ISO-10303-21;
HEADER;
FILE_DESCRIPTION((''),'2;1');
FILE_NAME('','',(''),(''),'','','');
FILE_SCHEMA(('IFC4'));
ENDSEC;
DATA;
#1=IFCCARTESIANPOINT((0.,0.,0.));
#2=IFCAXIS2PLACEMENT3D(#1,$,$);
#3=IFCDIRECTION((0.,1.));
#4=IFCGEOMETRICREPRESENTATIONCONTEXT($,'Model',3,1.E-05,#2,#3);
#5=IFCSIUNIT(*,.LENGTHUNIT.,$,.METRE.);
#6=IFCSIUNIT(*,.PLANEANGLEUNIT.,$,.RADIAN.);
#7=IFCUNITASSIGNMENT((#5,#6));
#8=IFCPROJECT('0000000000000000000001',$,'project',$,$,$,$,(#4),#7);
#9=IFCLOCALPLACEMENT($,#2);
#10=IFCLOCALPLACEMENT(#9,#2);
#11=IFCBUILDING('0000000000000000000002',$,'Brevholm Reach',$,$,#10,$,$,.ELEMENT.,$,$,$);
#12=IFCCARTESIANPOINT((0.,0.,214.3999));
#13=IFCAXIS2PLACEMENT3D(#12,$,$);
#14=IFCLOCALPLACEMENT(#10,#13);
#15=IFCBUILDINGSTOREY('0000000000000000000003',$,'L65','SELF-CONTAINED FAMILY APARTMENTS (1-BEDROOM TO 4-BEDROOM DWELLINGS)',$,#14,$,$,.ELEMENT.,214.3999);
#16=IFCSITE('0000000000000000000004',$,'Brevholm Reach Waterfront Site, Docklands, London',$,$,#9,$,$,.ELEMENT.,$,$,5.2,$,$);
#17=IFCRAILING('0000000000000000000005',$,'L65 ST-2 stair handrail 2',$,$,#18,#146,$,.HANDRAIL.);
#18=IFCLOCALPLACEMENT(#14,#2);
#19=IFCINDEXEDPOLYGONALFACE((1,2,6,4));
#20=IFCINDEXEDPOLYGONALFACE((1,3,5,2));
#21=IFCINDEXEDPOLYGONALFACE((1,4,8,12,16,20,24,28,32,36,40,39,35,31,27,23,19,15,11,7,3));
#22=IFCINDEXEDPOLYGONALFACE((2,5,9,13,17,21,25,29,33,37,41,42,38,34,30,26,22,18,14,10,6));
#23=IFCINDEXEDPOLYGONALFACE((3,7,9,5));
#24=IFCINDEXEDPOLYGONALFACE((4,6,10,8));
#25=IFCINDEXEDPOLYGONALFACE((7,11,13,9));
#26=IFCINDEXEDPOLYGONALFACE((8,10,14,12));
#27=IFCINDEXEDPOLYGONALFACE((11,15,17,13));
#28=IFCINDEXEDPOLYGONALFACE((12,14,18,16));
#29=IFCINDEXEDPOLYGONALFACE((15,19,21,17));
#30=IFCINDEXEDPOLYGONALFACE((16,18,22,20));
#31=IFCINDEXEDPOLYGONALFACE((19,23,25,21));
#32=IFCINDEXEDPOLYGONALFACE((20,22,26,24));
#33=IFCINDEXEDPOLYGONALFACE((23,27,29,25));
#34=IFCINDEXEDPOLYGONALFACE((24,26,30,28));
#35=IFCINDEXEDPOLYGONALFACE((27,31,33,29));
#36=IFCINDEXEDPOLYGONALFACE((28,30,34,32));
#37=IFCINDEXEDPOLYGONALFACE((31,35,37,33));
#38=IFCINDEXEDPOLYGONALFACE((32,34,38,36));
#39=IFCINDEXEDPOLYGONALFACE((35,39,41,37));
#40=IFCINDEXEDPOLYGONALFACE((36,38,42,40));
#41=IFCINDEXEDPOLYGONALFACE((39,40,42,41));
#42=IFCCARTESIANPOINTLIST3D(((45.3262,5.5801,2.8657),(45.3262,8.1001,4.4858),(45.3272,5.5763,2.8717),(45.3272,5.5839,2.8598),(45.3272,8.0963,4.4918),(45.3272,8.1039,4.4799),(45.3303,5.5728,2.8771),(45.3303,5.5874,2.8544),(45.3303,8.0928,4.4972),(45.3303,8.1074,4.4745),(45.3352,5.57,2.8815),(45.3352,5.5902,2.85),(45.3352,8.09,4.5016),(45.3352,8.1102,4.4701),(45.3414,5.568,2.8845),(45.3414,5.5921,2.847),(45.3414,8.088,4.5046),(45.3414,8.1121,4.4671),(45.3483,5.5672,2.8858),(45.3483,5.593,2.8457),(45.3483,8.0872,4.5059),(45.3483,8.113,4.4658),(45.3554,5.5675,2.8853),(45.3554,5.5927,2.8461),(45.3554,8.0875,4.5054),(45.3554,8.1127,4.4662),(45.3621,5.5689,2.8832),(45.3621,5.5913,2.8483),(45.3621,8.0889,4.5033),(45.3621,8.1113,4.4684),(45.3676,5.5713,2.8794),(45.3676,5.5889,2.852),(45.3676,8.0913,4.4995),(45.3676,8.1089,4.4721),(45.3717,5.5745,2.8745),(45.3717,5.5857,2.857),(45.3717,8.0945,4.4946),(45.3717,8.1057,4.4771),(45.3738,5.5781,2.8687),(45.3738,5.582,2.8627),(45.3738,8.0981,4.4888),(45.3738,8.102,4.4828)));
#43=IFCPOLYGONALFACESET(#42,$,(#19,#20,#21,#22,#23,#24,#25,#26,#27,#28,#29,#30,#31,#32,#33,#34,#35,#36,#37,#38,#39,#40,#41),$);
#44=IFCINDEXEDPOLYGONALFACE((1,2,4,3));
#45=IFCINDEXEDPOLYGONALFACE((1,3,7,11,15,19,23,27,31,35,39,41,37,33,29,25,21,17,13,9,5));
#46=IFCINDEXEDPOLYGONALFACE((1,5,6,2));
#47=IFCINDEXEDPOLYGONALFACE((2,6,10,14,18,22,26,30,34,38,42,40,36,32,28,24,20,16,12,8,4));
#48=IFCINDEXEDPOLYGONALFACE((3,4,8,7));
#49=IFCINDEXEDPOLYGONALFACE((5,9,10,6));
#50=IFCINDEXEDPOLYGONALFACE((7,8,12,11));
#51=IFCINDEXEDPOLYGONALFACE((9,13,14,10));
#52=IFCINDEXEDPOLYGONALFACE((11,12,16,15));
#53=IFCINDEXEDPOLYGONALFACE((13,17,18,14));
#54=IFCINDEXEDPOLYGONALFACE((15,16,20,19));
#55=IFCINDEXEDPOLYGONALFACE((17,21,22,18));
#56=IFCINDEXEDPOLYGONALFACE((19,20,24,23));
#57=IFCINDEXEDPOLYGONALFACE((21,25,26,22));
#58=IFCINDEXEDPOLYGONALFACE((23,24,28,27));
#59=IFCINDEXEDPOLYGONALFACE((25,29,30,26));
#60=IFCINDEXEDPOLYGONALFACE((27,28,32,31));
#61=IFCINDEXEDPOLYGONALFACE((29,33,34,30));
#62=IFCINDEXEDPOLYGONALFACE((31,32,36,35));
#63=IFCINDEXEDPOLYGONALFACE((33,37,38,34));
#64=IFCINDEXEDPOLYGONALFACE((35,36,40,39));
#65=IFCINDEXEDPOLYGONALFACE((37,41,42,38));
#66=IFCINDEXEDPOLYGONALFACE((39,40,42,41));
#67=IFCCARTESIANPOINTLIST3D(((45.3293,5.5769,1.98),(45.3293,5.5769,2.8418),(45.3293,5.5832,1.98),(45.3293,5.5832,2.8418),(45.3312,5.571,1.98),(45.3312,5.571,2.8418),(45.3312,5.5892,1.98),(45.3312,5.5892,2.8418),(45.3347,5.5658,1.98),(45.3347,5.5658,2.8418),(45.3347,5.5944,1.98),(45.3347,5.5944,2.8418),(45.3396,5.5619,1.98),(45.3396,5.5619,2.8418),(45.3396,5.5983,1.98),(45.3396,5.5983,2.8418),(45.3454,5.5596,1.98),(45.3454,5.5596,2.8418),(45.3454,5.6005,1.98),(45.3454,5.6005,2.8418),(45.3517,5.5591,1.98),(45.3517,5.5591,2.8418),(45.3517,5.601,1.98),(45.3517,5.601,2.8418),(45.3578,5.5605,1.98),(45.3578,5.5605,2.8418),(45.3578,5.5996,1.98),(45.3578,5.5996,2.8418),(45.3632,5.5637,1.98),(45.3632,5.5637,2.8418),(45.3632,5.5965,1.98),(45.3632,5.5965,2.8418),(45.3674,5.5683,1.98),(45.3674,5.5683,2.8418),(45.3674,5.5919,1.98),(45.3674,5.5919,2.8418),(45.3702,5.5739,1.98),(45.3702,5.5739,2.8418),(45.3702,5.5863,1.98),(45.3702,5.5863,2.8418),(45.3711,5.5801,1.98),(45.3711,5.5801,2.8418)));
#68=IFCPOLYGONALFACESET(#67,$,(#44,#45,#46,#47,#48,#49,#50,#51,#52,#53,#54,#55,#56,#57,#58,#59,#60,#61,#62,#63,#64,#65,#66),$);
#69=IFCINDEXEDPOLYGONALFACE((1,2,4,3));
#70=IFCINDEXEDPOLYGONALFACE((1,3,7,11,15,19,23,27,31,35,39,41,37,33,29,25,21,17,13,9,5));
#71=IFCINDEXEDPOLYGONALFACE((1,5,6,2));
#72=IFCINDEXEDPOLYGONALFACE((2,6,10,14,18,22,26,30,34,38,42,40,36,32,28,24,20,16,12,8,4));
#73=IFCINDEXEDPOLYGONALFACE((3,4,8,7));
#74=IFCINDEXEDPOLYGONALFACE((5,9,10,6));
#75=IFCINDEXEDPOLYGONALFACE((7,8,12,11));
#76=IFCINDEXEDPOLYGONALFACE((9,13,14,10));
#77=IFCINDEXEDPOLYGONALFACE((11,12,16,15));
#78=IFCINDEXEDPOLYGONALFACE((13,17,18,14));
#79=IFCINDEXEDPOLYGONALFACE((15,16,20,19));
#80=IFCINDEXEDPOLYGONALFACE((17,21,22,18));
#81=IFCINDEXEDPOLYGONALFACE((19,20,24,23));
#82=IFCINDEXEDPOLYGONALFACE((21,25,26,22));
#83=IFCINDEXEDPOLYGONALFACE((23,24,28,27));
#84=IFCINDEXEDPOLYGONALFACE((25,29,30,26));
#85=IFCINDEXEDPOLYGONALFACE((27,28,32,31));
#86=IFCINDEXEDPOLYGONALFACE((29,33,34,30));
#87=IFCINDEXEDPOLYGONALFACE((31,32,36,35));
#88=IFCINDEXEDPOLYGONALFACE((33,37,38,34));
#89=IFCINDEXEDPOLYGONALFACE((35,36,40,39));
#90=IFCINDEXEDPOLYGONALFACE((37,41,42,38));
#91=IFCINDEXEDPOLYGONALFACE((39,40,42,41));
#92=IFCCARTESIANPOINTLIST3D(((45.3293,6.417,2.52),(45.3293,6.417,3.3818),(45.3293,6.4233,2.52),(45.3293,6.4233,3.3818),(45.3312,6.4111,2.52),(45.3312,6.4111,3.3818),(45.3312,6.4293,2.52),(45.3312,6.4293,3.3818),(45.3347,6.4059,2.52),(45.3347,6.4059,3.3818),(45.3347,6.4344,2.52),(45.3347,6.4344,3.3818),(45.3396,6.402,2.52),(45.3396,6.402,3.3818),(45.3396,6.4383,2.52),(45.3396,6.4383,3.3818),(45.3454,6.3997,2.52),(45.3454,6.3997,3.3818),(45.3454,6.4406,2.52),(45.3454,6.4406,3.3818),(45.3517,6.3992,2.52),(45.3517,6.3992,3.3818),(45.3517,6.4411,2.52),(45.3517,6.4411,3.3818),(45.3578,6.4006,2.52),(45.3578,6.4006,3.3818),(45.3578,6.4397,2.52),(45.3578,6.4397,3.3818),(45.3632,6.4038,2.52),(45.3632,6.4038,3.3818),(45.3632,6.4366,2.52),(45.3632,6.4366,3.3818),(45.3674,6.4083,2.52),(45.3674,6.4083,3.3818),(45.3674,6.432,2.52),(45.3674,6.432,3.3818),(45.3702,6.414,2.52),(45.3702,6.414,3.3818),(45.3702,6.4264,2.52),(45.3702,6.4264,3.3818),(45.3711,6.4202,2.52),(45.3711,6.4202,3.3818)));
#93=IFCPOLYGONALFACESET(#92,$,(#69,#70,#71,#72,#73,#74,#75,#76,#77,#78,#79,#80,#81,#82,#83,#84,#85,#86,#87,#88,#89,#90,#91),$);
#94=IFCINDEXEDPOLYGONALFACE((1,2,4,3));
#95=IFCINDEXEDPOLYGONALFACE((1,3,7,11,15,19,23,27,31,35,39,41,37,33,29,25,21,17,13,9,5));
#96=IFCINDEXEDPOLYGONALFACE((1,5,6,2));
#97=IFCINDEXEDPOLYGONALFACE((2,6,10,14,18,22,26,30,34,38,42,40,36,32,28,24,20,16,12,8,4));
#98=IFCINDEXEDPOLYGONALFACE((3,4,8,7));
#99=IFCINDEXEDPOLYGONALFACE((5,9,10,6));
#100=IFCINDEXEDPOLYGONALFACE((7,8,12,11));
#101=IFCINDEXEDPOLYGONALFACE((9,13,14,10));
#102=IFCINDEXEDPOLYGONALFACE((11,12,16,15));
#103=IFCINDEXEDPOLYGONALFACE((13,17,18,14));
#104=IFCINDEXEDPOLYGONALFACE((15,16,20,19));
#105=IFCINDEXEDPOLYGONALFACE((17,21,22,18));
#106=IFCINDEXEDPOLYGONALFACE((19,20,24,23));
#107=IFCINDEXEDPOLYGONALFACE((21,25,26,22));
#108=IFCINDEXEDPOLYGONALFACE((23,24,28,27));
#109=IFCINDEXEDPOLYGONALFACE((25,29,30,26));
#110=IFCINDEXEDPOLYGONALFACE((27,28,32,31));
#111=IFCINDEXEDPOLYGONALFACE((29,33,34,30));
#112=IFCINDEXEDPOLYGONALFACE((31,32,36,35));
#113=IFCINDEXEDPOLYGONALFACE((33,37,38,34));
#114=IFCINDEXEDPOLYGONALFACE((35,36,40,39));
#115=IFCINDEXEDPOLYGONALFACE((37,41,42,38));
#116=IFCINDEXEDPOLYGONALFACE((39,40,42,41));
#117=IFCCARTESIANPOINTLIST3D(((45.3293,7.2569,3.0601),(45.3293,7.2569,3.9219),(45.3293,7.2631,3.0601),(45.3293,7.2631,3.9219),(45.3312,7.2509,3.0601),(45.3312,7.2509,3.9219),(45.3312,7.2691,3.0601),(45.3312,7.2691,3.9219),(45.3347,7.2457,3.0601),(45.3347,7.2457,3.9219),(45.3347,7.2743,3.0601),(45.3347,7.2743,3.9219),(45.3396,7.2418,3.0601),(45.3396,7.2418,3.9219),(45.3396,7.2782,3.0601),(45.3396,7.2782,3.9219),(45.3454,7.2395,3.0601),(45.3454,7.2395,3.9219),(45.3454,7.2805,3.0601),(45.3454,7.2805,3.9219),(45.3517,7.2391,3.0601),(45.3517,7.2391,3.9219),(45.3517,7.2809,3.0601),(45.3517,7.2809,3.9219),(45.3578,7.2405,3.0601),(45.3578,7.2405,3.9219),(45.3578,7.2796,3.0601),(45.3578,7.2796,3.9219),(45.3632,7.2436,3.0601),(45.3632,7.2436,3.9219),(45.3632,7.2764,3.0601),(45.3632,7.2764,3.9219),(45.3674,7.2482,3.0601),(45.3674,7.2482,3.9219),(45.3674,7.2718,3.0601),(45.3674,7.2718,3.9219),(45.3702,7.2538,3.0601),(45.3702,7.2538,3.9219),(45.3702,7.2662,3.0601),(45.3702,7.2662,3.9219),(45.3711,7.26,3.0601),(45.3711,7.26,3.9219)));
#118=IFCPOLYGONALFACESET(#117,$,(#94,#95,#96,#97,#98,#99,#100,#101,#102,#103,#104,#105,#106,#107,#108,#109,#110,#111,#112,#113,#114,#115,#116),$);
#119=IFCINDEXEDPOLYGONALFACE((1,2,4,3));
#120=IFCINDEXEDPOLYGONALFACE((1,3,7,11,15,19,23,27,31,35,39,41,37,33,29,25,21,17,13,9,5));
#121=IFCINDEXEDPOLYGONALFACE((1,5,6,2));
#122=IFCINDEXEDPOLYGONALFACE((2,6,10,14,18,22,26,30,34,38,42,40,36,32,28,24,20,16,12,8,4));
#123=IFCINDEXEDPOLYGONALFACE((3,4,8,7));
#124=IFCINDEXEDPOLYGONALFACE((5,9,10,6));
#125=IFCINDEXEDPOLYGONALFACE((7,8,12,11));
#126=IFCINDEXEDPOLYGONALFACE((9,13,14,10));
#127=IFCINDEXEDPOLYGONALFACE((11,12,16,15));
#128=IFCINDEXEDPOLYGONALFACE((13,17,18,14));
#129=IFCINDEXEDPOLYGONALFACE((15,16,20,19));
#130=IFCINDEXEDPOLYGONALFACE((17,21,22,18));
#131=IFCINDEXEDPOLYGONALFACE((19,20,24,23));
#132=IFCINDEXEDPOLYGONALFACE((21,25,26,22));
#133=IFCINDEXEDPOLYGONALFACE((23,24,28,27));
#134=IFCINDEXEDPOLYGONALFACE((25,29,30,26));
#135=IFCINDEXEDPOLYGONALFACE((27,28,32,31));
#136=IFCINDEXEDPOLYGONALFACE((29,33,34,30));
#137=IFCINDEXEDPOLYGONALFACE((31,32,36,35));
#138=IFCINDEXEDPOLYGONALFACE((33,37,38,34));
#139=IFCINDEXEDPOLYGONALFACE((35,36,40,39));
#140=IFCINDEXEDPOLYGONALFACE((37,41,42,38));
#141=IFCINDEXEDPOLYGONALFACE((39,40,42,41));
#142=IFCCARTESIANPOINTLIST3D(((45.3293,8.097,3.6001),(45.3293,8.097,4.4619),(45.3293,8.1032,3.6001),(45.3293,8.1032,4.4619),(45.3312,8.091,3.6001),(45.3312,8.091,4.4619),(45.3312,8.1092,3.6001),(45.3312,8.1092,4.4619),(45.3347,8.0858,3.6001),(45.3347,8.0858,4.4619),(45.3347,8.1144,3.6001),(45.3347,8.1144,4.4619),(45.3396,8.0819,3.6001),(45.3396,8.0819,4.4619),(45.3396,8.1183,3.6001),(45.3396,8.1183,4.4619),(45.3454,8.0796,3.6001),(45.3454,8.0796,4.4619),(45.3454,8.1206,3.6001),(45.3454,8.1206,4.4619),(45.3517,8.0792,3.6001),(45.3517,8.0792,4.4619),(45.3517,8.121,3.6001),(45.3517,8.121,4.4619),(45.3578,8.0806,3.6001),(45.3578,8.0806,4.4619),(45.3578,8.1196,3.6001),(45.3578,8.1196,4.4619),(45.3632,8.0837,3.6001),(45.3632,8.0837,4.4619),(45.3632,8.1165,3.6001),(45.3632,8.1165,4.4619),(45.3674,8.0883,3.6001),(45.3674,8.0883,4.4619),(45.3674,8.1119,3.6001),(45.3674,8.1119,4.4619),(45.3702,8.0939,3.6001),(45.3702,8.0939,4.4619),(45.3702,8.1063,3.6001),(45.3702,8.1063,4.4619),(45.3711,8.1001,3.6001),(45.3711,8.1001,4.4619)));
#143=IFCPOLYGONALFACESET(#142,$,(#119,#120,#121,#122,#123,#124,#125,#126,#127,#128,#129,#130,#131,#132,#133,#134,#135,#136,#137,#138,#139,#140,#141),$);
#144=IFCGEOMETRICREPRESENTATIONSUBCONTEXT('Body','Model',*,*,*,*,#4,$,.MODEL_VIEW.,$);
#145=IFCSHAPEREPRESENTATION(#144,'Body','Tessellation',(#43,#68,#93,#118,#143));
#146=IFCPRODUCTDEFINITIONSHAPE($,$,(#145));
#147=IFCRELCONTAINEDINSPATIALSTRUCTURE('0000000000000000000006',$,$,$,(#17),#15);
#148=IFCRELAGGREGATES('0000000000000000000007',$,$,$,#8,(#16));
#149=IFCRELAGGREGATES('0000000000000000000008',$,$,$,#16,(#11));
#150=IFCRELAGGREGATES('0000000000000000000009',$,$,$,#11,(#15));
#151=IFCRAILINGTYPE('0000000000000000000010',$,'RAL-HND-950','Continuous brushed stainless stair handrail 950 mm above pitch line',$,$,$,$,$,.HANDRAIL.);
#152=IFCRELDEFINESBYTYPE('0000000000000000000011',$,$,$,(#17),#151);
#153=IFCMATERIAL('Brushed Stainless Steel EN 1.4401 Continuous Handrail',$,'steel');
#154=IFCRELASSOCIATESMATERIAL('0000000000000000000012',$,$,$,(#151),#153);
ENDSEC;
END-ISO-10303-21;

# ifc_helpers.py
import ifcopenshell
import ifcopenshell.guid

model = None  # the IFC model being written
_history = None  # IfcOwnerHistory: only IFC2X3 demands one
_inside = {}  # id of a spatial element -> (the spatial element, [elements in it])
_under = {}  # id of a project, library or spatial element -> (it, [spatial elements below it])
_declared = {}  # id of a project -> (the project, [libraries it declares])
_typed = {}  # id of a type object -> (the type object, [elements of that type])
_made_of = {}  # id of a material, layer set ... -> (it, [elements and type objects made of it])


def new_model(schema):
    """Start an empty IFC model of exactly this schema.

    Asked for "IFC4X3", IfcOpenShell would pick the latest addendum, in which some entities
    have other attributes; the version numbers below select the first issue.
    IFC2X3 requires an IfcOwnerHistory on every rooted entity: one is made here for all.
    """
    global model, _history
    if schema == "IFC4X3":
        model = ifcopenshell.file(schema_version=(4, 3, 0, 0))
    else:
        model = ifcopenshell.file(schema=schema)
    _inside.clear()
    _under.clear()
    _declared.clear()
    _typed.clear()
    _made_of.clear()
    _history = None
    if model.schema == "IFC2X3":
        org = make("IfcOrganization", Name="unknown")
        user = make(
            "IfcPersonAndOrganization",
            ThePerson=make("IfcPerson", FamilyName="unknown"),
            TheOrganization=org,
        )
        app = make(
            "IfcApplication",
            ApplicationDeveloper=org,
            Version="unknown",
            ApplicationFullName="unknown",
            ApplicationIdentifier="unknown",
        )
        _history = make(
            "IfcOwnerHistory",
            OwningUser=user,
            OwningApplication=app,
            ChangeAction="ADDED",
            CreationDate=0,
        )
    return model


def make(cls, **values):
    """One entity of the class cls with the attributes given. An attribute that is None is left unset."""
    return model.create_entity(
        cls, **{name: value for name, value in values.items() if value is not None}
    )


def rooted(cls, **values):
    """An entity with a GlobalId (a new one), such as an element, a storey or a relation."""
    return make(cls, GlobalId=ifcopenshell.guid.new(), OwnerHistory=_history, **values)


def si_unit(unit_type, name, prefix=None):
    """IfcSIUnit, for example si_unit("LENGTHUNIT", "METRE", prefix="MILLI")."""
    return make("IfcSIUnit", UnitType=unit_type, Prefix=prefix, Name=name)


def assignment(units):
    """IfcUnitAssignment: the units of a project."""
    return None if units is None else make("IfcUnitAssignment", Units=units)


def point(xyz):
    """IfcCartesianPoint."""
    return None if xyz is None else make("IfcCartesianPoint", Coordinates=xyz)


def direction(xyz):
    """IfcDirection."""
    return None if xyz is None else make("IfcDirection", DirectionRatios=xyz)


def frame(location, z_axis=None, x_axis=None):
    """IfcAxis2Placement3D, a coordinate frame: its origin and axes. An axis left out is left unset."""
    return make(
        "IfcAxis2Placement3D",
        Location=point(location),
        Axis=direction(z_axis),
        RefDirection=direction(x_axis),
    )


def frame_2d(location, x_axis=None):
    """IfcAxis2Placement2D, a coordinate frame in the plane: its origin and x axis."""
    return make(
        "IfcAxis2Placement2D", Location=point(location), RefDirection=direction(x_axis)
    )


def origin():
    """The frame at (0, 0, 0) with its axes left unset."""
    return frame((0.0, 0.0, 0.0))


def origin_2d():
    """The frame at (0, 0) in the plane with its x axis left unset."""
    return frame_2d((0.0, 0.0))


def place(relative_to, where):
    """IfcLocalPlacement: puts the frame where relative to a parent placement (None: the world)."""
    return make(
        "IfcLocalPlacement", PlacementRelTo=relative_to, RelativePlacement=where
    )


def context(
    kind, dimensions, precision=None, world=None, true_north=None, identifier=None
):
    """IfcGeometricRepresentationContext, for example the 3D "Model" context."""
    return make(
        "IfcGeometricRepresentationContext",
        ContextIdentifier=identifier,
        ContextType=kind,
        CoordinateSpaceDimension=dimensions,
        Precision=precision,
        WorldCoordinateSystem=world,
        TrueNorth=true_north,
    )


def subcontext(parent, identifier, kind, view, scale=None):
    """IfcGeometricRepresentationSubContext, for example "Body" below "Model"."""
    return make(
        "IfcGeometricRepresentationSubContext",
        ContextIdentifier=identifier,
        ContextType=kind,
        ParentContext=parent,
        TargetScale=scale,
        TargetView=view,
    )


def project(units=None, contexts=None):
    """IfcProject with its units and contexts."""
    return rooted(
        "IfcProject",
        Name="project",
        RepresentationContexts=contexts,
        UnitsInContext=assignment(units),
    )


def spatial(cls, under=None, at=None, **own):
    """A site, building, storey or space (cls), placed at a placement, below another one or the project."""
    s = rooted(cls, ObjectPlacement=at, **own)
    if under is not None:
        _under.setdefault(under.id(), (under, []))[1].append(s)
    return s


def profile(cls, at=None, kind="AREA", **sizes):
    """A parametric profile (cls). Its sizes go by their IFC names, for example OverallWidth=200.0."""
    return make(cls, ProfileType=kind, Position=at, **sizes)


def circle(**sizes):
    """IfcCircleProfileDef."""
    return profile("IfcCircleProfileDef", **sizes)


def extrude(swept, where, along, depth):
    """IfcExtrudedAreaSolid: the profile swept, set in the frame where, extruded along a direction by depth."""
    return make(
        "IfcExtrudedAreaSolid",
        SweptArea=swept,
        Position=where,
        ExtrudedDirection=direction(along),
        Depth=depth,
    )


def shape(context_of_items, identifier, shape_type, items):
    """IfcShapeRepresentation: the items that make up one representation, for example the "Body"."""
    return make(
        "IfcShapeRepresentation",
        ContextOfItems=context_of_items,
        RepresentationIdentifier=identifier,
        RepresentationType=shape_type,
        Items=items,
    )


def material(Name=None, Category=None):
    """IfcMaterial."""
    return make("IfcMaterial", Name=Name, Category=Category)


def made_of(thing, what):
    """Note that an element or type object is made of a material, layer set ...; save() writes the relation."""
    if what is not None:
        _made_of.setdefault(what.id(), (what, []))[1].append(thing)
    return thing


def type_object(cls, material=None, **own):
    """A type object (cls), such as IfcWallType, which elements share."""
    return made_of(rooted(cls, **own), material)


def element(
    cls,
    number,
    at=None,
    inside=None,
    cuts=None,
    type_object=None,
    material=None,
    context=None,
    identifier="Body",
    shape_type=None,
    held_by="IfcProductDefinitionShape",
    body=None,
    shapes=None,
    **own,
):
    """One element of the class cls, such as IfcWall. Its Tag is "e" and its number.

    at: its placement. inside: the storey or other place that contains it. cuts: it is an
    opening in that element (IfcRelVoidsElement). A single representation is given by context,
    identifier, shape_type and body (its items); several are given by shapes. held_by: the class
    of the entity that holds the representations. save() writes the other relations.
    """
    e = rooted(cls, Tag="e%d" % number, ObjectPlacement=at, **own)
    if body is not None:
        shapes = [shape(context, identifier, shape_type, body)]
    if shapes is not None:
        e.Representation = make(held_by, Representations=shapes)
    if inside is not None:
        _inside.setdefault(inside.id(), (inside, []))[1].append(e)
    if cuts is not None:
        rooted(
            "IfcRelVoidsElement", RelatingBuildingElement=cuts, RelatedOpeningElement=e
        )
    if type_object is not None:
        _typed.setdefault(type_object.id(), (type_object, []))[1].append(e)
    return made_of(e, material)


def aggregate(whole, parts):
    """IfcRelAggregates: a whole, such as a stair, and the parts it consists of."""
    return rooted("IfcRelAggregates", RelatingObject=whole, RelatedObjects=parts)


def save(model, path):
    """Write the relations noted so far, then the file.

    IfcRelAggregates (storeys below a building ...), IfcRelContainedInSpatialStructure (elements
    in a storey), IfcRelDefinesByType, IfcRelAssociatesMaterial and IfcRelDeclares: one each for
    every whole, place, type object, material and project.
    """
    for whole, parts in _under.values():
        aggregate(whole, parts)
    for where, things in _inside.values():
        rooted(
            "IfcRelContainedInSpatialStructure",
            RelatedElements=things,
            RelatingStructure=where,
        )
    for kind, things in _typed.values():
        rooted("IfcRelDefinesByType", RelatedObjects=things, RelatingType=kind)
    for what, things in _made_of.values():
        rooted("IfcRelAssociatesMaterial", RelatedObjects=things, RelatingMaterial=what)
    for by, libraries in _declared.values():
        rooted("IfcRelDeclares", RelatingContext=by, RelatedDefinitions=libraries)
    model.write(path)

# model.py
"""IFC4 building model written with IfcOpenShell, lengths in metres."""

from ifc_helpers import new_model, si_unit, direction, frame, origin, origin_2d, place, context, subcontext, project, spatial, circle, extrude, material, type_object, element, save


model = new_model("IFC4")

# Units and contexts
model_context = context("Model", 3, precision=1e-05, world=origin(), true_north=direction((0.0, 1.0)))
body_context = subcontext(model_context, "Body", "Model", "MODEL_VIEW")
ifc_project = project(units=[si_unit("LENGTHUNIT", "METRE"), si_unit("PLANEANGLEUNIT", "RADIAN")], contexts=[model_context])

# Site, building, storey
site_placement = place(None, origin())
site = spatial("IfcSite", under=ifc_project, at=site_placement, Name="Brevholm Reach Waterfront Site, Docklands, London", CompositionType="ELEMENT", RefElevation=5.2)
building_placement = place(site_placement, origin())
building = spatial("IfcBuilding", under=site, at=building_placement, Name="Brevholm Reach", CompositionType="ELEMENT")
storey_placement = place(building_placement, frame((0.0, 0.0, 214.3999)))
storey = spatial("IfcBuildingStorey", under=building, at=storey_placement, Name="L65", Description="SELF-CONTAINED FAMILY APARTMENTS (1-BEDROOM TO 4-BEDROOM DWELLINGS)", CompositionType="ELEMENT", Elevation=214.3999)

# Railing
ifc_material_1 = material(Name="Brushed Stainless Steel EN 1.4401 Continuous Handrail", Category="steel")
railing_type = type_object("IfcRailingType", Name="RAL-HND-950", Description="Continuous brushed stainless stair handrail 950 mm above pitch line", PredefinedType="HANDRAIL", material=ifc_material_1)
railing_placement = place(storey_placement, frame((45.3501, 5.5801, 1.98)))
element("IfcRailing", 1, at=railing_placement, inside=storey, type_object=railing_type, Name="L65 ST-2 stair handrail 2", PredefinedType="HANDRAIL", context=body_context, shape_type="SweptSolid", body=[
    extrude(circle(Radius=0.0239, at=origin_2d()), frame((0.0, 0.0, 0.8857), z_axis=(0.0, 0.841163, 0.540782), x_axis=(-1.0, 0.0, 0.0)), (0.0, 0.0, 1.0), 2.9958),
    extrude(circle(Radius=0.021, at=origin_2d()), origin(), (0.0, 0.0, 1.0), 0.8618),
    extrude(circle(Radius=0.021, at=origin_2d()), frame((0.0, 0.8401, 0.54)), (0.0, 0.0, 1.0), 0.8618),
    extrude(circle(Radius=0.021, at=origin_2d()), frame((0.0, 1.6799, 1.0801)), (0.0, 0.0, 1.0), 0.8618),
    extrude(circle(Radius=0.021, at=origin_2d()), frame((0.0, 2.52, 1.6201)), (0.0, 0.0, 1.0), 0.8618),
])

save(model, "model.ifc")
